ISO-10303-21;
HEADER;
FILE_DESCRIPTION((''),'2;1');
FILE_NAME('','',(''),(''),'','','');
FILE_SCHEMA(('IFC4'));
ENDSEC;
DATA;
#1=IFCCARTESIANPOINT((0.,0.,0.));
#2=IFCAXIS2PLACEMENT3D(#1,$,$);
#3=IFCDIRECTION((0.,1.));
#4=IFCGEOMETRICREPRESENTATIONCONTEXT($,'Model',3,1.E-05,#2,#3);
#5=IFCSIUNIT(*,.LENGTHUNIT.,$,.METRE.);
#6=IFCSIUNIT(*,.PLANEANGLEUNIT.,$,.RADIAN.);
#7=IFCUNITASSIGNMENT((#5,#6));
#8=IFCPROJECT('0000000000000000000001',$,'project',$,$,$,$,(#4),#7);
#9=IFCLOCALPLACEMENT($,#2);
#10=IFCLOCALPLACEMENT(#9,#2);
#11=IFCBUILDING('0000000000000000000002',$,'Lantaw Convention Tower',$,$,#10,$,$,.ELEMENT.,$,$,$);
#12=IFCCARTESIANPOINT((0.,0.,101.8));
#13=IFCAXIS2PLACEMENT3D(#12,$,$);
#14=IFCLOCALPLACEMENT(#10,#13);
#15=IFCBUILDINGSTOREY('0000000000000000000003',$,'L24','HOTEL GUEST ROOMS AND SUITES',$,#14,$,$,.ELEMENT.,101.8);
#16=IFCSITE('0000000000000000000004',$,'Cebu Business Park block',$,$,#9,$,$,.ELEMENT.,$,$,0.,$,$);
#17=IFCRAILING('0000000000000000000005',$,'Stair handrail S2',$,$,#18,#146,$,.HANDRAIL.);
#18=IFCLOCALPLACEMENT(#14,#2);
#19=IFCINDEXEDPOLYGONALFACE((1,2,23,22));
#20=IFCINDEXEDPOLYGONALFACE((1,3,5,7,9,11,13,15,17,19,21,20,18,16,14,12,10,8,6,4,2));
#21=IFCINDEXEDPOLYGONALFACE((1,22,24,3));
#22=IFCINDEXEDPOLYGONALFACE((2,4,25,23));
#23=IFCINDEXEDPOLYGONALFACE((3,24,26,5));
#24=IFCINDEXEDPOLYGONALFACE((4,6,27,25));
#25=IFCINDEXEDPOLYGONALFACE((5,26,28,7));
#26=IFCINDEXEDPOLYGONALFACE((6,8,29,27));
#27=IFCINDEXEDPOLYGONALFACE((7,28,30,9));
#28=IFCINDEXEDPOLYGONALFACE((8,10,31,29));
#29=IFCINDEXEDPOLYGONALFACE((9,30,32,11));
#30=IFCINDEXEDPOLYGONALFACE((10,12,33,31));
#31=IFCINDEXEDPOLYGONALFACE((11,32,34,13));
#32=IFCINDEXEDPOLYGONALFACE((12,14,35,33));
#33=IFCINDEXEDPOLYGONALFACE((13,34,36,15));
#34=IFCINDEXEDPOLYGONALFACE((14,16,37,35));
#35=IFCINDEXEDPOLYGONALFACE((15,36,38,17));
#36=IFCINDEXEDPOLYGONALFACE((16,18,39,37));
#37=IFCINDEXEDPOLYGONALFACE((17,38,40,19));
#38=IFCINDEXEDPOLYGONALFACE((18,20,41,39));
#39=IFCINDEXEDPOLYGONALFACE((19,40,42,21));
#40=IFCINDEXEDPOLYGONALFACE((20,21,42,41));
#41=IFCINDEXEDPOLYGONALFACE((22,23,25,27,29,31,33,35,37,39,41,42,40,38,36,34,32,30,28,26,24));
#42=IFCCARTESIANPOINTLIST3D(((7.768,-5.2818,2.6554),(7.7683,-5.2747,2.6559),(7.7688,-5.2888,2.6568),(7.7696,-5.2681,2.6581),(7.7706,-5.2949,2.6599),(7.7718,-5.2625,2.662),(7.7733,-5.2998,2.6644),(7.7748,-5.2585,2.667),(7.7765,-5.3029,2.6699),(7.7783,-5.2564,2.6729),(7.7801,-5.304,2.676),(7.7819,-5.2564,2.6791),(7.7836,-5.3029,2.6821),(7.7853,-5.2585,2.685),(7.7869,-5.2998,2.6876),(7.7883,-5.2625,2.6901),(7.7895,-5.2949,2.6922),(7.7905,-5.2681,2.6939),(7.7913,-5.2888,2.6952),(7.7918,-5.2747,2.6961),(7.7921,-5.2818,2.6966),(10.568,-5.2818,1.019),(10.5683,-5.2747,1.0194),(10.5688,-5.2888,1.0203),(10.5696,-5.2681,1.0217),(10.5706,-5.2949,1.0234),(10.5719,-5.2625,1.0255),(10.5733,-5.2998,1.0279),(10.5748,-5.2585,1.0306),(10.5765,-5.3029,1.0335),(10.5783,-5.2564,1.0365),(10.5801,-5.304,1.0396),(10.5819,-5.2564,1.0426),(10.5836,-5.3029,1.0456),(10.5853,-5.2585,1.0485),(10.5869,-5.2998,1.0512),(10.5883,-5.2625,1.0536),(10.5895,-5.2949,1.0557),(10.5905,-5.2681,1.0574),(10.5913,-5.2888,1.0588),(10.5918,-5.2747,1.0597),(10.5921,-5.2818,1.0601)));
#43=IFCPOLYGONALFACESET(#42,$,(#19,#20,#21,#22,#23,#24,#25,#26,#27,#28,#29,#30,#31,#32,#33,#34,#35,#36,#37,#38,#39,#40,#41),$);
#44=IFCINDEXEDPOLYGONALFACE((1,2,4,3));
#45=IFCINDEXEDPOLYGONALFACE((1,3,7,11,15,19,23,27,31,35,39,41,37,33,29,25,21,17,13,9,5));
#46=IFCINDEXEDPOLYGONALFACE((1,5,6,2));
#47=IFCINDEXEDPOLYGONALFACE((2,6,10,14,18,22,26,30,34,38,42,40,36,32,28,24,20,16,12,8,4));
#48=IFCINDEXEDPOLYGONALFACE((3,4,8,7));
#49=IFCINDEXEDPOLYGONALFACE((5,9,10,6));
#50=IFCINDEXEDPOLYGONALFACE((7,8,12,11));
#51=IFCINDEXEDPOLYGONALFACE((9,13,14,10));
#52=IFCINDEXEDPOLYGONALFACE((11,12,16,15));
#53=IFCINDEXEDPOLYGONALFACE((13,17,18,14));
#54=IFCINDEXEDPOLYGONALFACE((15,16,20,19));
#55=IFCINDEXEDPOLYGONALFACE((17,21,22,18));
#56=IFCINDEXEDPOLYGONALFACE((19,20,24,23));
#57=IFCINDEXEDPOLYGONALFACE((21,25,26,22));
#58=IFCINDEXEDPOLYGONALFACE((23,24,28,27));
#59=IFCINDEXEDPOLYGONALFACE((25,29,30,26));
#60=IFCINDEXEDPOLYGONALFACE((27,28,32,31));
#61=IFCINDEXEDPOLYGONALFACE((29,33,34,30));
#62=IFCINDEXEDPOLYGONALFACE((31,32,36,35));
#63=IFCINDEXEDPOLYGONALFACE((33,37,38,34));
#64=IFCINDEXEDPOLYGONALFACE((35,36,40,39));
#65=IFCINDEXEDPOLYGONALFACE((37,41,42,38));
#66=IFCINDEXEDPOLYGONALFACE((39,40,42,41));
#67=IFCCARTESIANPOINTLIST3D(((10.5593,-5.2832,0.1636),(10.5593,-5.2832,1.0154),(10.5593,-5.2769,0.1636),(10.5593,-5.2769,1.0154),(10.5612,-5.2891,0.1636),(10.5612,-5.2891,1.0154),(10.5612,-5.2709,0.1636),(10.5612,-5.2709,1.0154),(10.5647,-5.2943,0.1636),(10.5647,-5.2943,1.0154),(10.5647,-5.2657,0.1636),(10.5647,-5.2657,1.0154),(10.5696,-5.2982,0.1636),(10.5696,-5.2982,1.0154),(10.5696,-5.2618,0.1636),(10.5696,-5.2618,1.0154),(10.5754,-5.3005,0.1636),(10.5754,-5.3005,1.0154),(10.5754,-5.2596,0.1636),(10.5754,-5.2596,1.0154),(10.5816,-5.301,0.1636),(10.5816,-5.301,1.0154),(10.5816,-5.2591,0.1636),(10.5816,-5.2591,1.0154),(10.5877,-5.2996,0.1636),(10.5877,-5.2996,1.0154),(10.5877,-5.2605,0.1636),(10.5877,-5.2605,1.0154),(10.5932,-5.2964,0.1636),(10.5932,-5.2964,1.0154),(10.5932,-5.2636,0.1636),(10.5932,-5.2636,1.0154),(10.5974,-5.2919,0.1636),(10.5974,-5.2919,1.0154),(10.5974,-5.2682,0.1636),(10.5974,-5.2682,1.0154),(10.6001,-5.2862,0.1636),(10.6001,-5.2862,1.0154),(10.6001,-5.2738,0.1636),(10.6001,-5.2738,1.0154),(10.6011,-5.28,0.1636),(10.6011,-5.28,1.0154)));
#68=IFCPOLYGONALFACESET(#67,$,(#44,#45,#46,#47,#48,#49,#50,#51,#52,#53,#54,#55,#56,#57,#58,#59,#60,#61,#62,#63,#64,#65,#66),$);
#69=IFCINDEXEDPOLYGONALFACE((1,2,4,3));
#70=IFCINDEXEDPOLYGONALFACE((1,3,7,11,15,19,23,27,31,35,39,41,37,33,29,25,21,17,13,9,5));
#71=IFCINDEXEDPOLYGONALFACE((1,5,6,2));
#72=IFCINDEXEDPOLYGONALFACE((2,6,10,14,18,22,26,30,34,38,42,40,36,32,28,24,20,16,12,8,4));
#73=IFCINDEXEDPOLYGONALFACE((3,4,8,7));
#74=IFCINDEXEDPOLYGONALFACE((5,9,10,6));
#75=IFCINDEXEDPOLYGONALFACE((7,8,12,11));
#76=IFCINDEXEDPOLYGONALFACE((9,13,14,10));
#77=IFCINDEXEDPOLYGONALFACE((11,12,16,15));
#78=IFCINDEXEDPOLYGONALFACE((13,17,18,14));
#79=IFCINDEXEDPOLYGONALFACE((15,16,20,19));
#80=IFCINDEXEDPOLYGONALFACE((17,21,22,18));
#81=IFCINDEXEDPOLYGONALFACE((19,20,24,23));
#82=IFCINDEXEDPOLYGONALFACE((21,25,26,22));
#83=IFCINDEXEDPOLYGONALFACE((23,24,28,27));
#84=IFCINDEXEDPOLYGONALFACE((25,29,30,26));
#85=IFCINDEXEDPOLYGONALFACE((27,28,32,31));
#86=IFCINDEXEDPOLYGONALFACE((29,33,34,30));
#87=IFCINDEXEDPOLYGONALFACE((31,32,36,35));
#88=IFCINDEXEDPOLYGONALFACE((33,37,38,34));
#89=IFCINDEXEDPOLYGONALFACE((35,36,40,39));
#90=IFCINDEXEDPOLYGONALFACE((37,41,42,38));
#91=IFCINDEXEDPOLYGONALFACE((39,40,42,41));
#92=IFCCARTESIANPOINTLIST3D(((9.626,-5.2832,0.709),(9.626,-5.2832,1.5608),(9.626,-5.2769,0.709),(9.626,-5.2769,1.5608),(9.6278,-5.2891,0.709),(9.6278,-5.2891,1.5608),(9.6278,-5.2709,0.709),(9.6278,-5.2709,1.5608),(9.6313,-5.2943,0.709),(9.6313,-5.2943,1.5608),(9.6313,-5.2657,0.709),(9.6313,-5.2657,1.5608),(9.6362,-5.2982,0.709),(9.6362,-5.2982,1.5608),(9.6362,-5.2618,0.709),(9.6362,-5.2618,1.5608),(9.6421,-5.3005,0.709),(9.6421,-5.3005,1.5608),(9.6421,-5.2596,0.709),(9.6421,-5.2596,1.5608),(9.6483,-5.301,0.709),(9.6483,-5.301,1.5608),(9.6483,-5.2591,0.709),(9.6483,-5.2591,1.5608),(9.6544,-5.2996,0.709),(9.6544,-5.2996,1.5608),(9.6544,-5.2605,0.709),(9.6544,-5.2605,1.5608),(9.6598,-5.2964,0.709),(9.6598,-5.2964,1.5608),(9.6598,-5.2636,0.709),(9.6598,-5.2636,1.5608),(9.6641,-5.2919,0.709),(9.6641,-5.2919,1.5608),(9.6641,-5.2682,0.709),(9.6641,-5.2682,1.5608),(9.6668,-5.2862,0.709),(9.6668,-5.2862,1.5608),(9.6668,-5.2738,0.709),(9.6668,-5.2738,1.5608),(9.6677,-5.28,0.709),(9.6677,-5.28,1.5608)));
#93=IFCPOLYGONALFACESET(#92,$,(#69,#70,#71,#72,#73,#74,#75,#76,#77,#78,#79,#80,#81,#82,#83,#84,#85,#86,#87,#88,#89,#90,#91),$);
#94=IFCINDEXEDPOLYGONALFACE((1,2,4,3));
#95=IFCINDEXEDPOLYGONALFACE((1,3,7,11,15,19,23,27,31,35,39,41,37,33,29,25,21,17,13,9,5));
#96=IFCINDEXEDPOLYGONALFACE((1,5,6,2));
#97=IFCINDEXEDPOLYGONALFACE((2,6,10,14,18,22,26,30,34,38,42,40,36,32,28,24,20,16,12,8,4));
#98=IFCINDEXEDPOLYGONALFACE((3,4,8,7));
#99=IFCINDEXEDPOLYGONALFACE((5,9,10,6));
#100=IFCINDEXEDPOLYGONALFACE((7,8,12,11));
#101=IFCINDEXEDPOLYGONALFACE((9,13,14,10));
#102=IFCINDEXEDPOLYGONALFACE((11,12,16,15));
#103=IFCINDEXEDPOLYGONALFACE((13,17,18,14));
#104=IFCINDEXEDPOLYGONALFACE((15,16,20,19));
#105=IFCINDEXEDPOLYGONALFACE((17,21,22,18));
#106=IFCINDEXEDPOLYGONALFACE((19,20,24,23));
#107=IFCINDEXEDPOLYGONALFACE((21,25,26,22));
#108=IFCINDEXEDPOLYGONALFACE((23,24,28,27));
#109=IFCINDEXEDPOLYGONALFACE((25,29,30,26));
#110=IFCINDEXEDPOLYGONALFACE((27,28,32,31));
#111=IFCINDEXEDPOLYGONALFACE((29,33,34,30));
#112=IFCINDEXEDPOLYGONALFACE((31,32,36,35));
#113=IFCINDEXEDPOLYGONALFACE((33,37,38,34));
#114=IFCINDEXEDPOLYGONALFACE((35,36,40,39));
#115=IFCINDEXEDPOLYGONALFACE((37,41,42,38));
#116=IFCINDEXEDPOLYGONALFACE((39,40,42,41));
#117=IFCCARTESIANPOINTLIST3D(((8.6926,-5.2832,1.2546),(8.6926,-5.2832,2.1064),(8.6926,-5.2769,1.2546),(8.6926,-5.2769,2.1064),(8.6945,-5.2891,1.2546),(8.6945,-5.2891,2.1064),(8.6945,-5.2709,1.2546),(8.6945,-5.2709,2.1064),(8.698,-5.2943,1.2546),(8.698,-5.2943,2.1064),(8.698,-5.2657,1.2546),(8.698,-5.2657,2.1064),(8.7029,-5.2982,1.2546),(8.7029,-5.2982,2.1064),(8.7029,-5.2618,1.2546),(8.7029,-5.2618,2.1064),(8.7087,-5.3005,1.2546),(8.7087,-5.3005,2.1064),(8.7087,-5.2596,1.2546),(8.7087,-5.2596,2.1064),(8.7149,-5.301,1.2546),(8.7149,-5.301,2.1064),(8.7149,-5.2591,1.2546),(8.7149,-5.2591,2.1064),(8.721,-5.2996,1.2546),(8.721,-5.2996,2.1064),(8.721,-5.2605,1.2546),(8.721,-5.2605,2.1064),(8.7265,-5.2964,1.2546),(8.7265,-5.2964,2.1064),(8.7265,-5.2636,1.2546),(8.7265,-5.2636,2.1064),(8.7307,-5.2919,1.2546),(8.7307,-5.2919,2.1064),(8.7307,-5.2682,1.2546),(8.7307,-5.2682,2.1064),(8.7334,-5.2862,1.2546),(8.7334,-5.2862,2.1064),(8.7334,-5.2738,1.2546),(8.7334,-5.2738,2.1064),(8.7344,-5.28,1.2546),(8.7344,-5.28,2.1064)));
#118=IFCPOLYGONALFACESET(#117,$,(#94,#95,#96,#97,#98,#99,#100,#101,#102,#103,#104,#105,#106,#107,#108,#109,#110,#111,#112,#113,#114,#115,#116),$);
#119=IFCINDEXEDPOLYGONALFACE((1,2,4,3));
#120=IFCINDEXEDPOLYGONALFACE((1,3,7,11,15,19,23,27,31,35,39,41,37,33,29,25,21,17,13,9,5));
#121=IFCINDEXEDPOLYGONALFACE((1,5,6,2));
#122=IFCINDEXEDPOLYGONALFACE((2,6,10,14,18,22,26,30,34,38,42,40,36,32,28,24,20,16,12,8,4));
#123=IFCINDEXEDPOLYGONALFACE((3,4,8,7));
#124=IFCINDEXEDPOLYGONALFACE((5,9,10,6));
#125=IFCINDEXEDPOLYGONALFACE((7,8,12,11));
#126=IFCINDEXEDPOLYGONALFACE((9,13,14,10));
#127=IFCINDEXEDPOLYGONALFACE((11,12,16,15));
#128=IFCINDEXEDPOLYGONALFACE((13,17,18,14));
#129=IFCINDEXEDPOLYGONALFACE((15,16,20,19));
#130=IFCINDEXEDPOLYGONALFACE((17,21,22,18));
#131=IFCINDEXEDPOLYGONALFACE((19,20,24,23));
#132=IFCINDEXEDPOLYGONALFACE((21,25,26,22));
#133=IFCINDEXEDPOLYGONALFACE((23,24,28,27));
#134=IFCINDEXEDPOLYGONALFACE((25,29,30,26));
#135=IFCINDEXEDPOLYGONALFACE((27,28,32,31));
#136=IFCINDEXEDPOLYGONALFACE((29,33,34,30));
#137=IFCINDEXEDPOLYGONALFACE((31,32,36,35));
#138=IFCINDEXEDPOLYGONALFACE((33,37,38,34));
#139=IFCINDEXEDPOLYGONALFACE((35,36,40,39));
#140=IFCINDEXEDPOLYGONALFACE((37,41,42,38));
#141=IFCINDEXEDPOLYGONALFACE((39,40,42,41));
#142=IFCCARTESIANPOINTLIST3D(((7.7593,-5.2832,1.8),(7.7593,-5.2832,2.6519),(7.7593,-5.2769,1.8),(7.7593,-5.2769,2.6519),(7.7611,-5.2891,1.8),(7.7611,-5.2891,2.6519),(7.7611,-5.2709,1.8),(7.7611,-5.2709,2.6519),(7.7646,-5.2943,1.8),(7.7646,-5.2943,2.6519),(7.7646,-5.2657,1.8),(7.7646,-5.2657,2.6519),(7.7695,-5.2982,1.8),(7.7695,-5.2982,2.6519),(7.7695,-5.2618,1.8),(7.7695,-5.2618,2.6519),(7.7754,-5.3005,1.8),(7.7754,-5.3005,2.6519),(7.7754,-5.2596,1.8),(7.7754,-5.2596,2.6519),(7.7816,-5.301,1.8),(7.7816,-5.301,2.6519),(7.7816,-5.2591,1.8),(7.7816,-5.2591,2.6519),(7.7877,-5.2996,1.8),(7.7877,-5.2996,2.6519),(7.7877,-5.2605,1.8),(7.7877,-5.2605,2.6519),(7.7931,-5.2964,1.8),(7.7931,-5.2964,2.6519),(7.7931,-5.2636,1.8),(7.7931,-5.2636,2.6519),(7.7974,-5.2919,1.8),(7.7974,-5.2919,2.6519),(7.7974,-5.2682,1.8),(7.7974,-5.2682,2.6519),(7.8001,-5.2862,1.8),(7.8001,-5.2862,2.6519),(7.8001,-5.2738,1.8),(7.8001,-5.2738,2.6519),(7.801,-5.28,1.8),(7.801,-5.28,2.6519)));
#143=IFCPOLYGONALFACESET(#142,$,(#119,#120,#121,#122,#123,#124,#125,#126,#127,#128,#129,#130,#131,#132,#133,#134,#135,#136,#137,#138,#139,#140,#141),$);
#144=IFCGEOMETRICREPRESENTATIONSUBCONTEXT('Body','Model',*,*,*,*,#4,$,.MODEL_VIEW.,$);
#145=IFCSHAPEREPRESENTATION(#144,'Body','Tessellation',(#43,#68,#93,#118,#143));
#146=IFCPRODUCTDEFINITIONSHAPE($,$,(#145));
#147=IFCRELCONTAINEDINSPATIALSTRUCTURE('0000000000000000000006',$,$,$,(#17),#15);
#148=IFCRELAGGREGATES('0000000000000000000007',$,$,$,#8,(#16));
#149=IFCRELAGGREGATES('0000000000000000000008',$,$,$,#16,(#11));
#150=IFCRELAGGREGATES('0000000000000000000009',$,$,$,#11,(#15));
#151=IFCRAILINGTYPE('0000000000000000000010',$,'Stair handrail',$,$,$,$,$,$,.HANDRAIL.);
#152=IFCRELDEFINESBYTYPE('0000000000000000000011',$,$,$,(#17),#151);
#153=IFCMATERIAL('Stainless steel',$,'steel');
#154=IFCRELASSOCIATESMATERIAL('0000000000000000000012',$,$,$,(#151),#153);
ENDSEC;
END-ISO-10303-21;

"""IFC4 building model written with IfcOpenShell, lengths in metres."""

from ifc_helpers import new_model, si_unit, direction, frame, origin, origin_2d, place, context, subcontext, project, spatial, circle, extrude, material, type_object, element, save


model = new_model("IFC4")

# Units and contexts
model_context = context("Model", 3, precision=1e-05, world=origin(), true_north=direction((0.0, 1.0)))
body_context = subcontext(model_context, "Body", "Model", "MODEL_VIEW")
ifc_project = project(units=[si_unit("LENGTHUNIT", "METRE"), si_unit("PLANEANGLEUNIT", "RADIAN")], contexts=[model_context])

# Site, building, storey
site_placement = place(None, origin())
site = spatial("IfcSite", under=ifc_project, at=site_placement, Name="Cebu Business Park block", CompositionType="ELEMENT", RefElevation=0.0)
building_placement = place(site_placement, origin())
building = spatial("IfcBuilding", under=site, at=building_placement, Name="Lantaw Convention Tower", CompositionType="ELEMENT")
storey_placement = place(building_placement, frame((0.0, 0.0, 101.8)))
storey = spatial("IfcBuildingStorey", under=building, at=storey_placement, Name="L24", Description="HOTEL GUEST ROOMS AND SUITES", CompositionType="ELEMENT", Elevation=101.8)

# Railing
ifc_material_1 = material(Name="Stainless steel", Category="steel")
railing_type = type_object("IfcRailingType", Name="Stair handrail", PredefinedType="HANDRAIL", material=ifc_material_1)
railing_1_placement = place(storey_placement, frame((10.5801, -5.28, 0.1636)))
element("IfcRailing", 1, at=railing_1_placement, inside=storey, type_object=railing_type, Name="Stair handrail S2", PredefinedType="HANDRAIL", context=body_context, shape_type="SweptSolid", body=[
    extrude(circle(Radius=0.0239, at=origin_2d()), frame((0.0, 0.0, 0.876), z_axis=(-0.863361, 0.0, 0.504587), x_axis=(0.0, -1.0, 0.0)), (0.0, 0.0, 1.0), 3.2432),
    extrude(circle(Radius=0.021, at=origin_2d()), origin(), (0.0, 0.0, 1.0), 0.8518),
    extrude(circle(Radius=0.021, at=origin_2d()), frame((-0.9333, 0.0, 0.5454)), (0.0, 0.0, 1.0), 0.8518),
    extrude(circle(Radius=0.021, at=origin_2d()), frame((-1.8667, 0.0, 1.0911)), (0.0, 0.0, 1.0), 0.8518),
    extrude(circle(Radius=0.021, at=origin_2d()), frame((-2.8, 0.0, 1.6365)), (0.0, 0.0, 1.0), 0.8518),
])

save(model, "model.ifc")
